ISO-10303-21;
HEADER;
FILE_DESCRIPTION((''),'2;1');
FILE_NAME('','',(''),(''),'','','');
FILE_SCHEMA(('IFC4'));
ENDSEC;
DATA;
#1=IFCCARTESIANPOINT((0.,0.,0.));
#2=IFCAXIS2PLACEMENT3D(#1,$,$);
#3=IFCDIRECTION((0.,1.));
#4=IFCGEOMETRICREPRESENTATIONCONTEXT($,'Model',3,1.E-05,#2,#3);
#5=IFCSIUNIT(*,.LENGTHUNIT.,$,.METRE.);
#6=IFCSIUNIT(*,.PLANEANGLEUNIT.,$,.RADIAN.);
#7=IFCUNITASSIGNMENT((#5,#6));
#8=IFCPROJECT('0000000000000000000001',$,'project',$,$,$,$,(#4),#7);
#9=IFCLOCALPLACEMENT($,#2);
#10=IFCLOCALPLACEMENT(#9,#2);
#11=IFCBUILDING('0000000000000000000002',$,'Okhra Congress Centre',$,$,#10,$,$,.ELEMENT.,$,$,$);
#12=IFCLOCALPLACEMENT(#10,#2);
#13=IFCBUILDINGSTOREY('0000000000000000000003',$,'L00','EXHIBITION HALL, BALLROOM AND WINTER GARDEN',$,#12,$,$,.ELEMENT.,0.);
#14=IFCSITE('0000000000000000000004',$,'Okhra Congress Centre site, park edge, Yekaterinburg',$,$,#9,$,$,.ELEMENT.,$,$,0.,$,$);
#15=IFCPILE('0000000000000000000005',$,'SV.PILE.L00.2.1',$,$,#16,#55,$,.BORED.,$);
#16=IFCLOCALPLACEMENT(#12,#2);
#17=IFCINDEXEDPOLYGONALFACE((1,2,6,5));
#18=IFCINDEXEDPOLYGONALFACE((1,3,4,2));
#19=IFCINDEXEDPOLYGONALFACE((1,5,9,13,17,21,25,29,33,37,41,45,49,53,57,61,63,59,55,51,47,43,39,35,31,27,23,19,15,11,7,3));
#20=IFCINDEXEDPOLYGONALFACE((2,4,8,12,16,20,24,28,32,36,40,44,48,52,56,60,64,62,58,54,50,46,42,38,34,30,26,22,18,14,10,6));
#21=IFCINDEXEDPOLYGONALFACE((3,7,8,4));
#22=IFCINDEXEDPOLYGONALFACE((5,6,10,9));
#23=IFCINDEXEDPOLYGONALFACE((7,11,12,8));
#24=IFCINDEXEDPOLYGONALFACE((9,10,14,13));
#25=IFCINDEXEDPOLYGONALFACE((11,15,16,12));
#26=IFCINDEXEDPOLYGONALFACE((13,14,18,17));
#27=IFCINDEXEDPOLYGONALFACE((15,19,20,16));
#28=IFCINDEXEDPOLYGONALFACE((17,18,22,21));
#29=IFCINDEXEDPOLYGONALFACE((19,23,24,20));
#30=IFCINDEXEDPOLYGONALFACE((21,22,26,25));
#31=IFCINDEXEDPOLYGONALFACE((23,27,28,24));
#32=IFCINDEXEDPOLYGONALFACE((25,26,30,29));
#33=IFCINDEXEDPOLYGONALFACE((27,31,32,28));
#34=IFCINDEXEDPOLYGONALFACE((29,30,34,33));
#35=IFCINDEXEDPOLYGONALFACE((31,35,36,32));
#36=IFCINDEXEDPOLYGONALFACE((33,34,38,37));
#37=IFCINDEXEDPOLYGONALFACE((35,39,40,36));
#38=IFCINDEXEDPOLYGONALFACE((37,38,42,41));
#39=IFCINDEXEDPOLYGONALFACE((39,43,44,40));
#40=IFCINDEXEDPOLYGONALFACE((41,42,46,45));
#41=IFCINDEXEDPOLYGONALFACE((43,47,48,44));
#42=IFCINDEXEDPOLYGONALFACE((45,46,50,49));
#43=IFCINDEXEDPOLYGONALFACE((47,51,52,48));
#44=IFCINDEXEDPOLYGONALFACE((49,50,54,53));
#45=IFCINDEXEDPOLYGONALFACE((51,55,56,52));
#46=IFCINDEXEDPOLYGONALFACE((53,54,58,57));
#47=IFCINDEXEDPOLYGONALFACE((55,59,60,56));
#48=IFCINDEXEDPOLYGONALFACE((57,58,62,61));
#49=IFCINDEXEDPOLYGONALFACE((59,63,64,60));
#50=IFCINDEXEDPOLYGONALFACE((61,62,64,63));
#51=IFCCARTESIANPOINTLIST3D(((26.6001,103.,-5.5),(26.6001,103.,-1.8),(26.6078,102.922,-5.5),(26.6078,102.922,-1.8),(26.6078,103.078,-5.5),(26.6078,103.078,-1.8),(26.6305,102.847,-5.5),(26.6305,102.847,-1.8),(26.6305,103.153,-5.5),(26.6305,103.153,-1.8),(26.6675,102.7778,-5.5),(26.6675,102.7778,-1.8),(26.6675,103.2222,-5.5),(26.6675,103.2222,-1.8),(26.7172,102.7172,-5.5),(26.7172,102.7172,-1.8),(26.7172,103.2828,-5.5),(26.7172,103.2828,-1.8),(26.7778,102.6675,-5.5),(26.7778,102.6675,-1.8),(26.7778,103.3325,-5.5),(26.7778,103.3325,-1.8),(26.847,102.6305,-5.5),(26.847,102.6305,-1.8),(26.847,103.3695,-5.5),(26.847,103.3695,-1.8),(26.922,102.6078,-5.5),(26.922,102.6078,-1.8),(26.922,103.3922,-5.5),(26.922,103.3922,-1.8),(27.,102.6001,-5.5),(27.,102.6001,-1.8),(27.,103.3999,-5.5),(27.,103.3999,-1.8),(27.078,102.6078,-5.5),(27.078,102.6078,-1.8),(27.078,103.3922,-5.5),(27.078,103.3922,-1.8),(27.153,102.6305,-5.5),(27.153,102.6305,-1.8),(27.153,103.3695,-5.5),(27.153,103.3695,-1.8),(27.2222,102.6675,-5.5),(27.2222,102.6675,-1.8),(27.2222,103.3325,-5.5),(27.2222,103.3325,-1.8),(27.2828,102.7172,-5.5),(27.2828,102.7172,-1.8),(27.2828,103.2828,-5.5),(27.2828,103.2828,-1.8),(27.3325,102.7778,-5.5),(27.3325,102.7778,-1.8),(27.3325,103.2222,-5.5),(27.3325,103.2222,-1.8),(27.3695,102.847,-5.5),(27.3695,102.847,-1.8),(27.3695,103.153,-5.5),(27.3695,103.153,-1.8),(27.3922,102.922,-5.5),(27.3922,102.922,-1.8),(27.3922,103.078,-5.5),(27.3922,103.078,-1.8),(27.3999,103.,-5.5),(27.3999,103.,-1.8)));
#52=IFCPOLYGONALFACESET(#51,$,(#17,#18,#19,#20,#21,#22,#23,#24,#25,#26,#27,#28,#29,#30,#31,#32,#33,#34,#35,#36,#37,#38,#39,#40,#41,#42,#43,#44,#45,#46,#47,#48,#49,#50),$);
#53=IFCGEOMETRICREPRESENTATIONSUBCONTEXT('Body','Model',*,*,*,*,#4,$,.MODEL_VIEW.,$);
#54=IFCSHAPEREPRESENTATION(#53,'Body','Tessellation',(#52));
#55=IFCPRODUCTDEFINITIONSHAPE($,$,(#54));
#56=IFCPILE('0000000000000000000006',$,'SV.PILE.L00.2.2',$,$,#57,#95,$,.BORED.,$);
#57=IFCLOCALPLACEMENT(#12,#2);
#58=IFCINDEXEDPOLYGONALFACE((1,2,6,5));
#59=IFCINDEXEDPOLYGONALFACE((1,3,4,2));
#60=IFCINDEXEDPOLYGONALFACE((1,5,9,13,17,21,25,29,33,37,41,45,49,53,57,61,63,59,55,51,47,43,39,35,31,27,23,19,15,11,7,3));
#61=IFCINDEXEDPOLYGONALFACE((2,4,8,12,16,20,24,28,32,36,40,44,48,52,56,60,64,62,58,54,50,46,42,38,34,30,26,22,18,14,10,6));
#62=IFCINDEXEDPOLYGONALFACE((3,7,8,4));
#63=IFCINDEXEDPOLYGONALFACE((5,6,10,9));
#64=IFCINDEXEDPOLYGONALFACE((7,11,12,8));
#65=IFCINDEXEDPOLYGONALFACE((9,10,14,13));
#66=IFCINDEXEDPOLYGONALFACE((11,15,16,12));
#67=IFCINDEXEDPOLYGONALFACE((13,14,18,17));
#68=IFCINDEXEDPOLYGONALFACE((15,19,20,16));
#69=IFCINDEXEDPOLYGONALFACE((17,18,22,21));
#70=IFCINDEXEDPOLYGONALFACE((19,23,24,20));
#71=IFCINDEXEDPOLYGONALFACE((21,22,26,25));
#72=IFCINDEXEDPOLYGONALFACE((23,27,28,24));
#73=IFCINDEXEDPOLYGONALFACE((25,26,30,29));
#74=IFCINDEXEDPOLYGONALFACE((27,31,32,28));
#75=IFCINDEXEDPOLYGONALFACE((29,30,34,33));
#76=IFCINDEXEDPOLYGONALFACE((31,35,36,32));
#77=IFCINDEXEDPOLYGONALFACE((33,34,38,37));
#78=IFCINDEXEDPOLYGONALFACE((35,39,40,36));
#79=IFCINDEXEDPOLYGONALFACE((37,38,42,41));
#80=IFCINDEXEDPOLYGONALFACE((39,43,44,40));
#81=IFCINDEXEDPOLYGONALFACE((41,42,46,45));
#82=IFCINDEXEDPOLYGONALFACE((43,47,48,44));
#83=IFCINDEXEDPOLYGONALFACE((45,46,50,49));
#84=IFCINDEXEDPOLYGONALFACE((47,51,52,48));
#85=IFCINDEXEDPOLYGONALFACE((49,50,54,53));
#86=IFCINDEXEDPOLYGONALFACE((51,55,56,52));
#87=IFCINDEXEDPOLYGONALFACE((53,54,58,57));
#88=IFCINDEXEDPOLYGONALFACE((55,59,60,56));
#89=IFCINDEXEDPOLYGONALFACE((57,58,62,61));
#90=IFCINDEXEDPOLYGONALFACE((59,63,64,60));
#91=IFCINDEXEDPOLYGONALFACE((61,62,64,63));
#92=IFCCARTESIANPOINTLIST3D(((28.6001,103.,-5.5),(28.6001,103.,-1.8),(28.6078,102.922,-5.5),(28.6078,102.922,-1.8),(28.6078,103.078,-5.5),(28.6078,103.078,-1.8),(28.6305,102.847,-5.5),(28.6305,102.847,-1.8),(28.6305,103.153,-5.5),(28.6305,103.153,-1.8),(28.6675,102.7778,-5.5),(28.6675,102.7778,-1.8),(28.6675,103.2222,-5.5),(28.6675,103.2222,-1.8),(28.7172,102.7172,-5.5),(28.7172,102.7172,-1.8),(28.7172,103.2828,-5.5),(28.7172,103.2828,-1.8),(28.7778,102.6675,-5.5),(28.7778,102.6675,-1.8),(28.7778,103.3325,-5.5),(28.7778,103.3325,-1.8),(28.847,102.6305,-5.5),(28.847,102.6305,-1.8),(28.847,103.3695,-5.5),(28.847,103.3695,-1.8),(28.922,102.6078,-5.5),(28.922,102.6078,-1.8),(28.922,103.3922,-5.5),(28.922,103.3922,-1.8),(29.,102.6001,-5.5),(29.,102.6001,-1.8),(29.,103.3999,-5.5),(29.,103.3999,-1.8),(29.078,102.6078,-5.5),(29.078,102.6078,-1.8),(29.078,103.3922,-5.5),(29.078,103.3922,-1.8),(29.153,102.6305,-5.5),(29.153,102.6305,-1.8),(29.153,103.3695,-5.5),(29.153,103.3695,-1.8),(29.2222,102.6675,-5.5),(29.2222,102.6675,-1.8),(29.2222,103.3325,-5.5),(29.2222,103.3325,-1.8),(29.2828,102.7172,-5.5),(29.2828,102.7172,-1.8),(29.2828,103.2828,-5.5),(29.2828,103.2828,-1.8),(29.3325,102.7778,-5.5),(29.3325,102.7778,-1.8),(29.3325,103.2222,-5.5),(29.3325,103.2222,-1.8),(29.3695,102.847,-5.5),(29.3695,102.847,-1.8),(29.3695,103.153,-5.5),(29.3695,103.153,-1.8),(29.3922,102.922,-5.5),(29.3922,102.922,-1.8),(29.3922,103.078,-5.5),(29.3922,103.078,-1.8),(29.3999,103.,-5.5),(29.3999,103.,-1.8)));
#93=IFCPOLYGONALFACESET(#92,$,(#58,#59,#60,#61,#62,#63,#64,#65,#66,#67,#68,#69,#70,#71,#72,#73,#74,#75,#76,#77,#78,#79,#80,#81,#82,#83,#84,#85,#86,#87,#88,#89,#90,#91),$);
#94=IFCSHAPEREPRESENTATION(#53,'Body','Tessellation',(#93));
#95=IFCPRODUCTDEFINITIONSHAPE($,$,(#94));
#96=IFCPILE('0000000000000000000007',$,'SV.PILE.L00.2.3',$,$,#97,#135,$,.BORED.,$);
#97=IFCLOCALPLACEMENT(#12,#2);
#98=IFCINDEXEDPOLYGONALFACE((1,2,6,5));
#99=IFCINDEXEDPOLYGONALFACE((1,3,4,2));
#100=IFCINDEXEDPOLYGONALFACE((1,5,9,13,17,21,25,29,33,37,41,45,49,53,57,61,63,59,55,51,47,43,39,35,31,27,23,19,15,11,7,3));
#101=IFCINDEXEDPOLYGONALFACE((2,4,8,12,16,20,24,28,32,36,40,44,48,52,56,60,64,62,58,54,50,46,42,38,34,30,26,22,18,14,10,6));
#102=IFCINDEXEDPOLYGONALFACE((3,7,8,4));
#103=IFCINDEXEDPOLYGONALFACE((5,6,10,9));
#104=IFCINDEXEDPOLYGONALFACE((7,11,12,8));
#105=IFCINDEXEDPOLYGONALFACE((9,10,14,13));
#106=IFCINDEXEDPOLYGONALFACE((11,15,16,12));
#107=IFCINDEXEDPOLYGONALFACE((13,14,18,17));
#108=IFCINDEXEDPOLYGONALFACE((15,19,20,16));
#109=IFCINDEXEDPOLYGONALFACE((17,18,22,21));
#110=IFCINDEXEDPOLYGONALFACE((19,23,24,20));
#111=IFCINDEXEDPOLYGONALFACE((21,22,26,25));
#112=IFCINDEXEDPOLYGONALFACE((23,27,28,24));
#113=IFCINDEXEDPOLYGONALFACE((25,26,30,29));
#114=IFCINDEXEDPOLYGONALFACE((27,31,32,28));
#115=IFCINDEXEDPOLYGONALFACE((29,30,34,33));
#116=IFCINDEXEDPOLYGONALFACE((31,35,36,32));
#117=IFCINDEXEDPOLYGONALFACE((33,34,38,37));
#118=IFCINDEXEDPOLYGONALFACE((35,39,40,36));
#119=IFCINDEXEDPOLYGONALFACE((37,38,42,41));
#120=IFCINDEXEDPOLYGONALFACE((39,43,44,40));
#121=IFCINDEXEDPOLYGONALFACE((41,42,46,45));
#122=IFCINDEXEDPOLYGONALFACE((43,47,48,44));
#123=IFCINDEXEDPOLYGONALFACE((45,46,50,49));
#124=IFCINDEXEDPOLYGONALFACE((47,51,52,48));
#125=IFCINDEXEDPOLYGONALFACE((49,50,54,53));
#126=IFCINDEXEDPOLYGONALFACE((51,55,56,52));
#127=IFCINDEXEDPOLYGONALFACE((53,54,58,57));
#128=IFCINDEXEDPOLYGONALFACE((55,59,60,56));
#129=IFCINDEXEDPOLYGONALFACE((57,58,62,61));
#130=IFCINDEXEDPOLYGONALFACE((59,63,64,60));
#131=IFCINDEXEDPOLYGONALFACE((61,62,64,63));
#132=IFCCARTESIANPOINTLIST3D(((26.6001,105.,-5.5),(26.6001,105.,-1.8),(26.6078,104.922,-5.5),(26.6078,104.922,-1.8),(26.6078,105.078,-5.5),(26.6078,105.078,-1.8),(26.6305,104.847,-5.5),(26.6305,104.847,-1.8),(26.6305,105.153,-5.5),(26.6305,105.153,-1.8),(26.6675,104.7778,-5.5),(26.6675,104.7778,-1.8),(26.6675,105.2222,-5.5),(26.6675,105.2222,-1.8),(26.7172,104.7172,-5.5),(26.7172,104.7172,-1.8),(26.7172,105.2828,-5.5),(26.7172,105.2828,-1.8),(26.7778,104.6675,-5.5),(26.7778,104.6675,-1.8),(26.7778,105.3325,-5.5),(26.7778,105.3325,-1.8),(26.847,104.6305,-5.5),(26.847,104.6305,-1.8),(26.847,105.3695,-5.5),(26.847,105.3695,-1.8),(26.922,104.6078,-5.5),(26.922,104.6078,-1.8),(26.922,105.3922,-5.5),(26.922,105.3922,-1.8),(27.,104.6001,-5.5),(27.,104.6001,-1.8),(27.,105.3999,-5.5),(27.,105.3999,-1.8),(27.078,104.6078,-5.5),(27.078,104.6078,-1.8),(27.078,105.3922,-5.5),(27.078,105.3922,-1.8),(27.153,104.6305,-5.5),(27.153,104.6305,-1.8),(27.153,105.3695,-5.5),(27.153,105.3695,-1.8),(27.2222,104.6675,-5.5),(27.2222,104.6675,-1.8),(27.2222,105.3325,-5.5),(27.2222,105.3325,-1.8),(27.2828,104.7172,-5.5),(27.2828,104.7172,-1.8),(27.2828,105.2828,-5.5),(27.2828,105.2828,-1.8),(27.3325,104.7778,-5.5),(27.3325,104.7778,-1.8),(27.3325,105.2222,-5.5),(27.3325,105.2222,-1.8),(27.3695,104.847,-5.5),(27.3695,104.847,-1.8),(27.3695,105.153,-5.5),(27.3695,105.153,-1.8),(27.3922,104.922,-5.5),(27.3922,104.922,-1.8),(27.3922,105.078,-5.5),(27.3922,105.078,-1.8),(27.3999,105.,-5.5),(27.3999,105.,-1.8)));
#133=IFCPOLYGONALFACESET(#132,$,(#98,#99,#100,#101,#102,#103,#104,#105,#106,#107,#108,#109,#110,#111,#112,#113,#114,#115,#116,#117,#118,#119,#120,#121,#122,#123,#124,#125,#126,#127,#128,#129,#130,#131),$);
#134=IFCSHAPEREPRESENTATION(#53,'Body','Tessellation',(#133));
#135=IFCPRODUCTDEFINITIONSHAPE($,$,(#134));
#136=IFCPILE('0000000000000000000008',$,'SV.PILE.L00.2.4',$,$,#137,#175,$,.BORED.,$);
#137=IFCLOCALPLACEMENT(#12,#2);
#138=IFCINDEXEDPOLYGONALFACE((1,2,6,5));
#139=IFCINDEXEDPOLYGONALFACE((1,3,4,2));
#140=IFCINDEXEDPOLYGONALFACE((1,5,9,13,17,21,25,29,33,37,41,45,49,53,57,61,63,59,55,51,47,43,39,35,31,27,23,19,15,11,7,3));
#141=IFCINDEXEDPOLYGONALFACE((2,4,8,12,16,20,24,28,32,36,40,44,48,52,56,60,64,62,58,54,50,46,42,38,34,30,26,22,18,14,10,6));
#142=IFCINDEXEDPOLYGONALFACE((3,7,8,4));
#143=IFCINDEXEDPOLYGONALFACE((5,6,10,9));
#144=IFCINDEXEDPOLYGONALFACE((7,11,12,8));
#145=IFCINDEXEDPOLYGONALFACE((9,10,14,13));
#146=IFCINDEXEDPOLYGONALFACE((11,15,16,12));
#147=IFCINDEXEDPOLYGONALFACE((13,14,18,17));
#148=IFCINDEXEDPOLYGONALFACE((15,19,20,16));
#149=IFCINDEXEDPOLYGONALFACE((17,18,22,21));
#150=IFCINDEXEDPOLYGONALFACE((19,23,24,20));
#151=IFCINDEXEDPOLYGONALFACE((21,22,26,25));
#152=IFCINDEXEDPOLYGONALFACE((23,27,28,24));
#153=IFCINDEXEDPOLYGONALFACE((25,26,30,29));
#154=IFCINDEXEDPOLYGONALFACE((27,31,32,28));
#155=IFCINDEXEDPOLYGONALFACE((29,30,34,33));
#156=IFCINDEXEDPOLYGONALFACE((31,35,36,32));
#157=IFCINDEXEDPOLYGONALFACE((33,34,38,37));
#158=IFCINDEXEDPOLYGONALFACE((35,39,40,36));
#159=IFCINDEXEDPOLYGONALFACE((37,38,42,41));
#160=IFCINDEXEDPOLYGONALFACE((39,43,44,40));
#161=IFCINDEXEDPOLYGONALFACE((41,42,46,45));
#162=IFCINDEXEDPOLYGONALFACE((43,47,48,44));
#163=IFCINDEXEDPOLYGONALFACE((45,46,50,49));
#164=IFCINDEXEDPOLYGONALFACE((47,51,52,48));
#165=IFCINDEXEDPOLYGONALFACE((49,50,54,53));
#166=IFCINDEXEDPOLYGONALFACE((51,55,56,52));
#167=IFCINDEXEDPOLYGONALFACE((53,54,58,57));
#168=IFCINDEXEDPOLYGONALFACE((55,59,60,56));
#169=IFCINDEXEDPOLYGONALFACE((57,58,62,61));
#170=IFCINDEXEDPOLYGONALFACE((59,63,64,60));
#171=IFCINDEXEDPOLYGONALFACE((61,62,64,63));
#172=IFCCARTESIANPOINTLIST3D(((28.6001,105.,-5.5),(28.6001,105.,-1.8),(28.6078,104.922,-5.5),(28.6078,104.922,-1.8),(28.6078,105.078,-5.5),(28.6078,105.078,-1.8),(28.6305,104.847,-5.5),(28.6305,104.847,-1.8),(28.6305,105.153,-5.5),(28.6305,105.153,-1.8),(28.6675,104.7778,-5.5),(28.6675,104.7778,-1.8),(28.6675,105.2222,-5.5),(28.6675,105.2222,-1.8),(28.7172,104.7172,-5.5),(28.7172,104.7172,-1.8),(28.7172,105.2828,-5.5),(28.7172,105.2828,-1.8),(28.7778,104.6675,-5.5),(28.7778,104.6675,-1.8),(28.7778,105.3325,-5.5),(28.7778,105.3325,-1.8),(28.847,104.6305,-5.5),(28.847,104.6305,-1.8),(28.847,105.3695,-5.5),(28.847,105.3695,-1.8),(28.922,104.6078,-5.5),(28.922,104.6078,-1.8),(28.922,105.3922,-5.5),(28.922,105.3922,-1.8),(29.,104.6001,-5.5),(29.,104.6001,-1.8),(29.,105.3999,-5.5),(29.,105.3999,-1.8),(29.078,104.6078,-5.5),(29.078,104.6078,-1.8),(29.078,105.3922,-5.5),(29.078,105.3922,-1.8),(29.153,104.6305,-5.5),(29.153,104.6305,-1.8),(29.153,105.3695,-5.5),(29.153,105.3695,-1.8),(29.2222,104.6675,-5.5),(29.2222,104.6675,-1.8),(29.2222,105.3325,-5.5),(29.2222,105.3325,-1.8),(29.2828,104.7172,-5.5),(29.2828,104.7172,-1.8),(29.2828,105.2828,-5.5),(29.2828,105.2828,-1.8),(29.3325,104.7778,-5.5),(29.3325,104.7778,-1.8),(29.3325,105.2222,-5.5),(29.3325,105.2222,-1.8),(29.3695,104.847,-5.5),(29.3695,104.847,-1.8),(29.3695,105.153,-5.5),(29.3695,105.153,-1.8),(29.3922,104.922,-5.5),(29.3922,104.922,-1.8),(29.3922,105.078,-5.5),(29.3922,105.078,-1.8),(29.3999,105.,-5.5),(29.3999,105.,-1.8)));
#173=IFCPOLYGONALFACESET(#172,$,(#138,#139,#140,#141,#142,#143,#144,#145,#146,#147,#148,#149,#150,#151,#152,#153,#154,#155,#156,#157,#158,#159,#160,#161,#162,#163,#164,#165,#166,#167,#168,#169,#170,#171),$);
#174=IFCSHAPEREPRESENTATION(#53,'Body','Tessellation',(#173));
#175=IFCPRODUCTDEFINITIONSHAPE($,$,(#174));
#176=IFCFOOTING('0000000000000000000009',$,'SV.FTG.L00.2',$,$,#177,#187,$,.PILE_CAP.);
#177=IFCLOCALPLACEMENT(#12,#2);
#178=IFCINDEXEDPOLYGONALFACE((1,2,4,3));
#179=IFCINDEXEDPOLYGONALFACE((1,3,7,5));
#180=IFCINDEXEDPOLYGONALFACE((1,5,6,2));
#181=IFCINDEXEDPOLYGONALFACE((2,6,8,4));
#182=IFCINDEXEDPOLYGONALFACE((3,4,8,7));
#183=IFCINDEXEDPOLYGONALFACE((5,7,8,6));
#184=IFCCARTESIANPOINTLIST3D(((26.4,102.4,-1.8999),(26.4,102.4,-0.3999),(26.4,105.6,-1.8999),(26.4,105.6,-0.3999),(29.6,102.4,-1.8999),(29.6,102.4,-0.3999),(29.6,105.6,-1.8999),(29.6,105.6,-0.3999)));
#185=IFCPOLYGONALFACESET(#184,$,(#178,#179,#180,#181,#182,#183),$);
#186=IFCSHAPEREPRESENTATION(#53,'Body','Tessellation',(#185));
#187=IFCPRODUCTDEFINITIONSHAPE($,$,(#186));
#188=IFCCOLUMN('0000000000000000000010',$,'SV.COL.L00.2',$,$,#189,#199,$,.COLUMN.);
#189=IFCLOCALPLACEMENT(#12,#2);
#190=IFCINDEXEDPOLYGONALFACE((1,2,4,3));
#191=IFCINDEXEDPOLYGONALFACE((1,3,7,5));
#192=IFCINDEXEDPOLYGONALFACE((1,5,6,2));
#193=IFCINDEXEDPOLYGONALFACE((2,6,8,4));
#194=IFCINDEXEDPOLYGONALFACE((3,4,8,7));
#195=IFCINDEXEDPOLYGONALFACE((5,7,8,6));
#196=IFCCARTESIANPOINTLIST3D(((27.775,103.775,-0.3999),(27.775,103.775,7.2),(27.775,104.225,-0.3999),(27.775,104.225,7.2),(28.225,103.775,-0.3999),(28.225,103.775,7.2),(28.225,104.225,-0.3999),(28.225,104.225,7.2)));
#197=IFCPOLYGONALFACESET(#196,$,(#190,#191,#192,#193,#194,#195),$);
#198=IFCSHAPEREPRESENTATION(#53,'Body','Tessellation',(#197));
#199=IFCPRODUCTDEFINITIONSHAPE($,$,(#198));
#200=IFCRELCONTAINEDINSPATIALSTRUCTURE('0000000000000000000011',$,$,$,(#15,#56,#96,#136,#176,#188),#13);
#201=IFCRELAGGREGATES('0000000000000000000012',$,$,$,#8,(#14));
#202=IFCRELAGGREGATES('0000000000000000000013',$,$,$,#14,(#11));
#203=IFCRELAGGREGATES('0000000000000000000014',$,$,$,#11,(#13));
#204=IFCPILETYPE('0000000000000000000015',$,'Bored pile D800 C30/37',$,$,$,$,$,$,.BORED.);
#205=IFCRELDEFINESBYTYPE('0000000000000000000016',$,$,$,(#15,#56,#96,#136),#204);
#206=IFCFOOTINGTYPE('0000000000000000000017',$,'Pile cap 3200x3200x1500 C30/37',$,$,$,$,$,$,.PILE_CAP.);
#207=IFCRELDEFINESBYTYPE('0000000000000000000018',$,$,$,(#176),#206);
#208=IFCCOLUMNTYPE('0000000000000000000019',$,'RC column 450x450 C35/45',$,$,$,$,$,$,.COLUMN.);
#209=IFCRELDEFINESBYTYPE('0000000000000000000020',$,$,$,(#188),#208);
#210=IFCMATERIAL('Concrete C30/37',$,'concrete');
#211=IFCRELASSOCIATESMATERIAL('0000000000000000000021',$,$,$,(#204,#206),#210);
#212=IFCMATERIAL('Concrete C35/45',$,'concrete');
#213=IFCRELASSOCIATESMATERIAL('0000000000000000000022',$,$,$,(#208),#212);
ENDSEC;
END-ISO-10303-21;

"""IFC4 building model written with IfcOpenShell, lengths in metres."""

from ifc_helpers import new_model, si_unit, direction, frame, origin, origin_2d, place, context, subcontext, project, spatial, rectangle, circle, extrude, material, material_profile, profile_set, type_object, element, save


model = new_model("IFC4")

# Units and contexts
model_context = context("Model", 3, precision=1e-05, world=origin(), true_north=direction((0.0, 1.0)))
body_context = subcontext(model_context, "Body", "Model", "MODEL_VIEW")
ifc_project = project(units=[si_unit("LENGTHUNIT", "METRE"), si_unit("PLANEANGLEUNIT", "RADIAN")], contexts=[model_context])

# Site, building, storey
site_placement = place(None, origin())
site = spatial("IfcSite", under=ifc_project, at=site_placement, Name="Okhra Congress Centre site, park edge, Yekaterinburg", CompositionType="ELEMENT", RefElevation=0.0)
building_placement = place(site_placement, origin())
building = spatial("IfcBuilding", under=site, at=building_placement, Name="Okhra Congress Centre", CompositionType="ELEMENT")
storey_placement = place(building_placement, origin())
storey = spatial("IfcBuildingStorey", under=building, at=storey_placement, Name="L00", Description="EXHIBITION HALL, BALLROOM AND WINTER GARDEN", CompositionType="ELEMENT", Elevation=0.0)

# Piles
ifc_material_1 = material(Name="Concrete C30/37", Category="concrete")
ifc_material_profile_1 = material_profile(ifc_material_1, circle(Radius=0.3999, at=origin_2d()), Name="D800")
ifc_profile_set_1 = profile_set([ifc_material_profile_1], Name="Concrete C30/37")
pile_type = type_object("IfcPileType", Name="Bored pile D800 C30/37", PredefinedType="BORED", material=ifc_profile_set_1)
for number, where, z_axis, x_axis, name in (
    (1, (27.0, 103.0, -1.8), (0.0, 0.0, -1.0), (1.0, 0.0, 0.0), "SV.PILE.L00.2.1"),
    (2, (29.0, 103.0, -1.8), (0.0, 0.0, -1.0), (1.0, 0.0, 0.0), "SV.PILE.L00.2.2"),
    (3, (27.0, 105.0, -1.8), (0.0, 0.0, -1.0), (1.0, 0.0, 0.0), "SV.PILE.L00.2.3"),
    (4, (29.0, 105.0, -1.8), (0.0, 0.0, -1.0), (1.0, 0.0, 0.0), "SV.PILE.L00.2.4"),
):
    element("IfcPile", number, at=place(storey_placement, frame(where, z_axis=z_axis, x_axis=x_axis)), inside=storey, type_object=pile_type, Name=name, PredefinedType="BORED", context=body_context, shape_type="SweptSolid", body=[
        extrude(circle(Radius=0.3999, at=origin_2d()), origin(), (0.0, 0.0, 1.0), 3.7),
    ])

# Footing
footing_type = type_object("IfcFootingType", Name="Pile cap 3200x3200x1500 C30/37", PredefinedType="PILE_CAP", material=ifc_material_1)
footing_placement = place(storey_placement, frame((28.0, 104.0, -1.8999), z_axis=(0.0, 0.0, 1.0), x_axis=(1.0, 0.0, 0.0)))
element("IfcFooting", 5, at=footing_placement, inside=storey, type_object=footing_type, Name="SV.FTG.L00.2", PredefinedType="PILE_CAP", context=body_context, shape_type="SweptSolid", body=[
    extrude(rectangle(XDim=3.2, YDim=3.2, at=origin_2d()), origin(), (0.0, 0.0, 1.0), 1.5),
])

# Column
ifc_material_2 = material(Name="Concrete C35/45", Category="concrete")
ifc_material_profile_2 = material_profile(ifc_material_2, rectangle(XDim=0.45, YDim=0.45, at=origin_2d()), Name="RC 450x450")
ifc_profile_set_2 = profile_set([ifc_material_profile_2], Name="Concrete C35/45")
column_type = type_object("IfcColumnType", Name="RC column 450x450 C35/45", PredefinedType="COLUMN", material=ifc_profile_set_2)
column_placement = place(storey_placement, frame((28.0, 104.0, -0.3999), z_axis=(0.0, 0.0, 1.0), x_axis=(1.0, 0.0, 0.0)))
element("IfcColumn", 6, at=column_placement, inside=storey, type_object=column_type, Name="SV.COL.L00.2", PredefinedType="COLUMN", context=body_context, shape_type="SweptSolid", body=[
    extrude(rectangle(XDim=0.45, YDim=0.45, at=origin_2d()), origin(), (0.0, 0.0, 1.0), 7.5999),
])

save(model, "model.ifc")
